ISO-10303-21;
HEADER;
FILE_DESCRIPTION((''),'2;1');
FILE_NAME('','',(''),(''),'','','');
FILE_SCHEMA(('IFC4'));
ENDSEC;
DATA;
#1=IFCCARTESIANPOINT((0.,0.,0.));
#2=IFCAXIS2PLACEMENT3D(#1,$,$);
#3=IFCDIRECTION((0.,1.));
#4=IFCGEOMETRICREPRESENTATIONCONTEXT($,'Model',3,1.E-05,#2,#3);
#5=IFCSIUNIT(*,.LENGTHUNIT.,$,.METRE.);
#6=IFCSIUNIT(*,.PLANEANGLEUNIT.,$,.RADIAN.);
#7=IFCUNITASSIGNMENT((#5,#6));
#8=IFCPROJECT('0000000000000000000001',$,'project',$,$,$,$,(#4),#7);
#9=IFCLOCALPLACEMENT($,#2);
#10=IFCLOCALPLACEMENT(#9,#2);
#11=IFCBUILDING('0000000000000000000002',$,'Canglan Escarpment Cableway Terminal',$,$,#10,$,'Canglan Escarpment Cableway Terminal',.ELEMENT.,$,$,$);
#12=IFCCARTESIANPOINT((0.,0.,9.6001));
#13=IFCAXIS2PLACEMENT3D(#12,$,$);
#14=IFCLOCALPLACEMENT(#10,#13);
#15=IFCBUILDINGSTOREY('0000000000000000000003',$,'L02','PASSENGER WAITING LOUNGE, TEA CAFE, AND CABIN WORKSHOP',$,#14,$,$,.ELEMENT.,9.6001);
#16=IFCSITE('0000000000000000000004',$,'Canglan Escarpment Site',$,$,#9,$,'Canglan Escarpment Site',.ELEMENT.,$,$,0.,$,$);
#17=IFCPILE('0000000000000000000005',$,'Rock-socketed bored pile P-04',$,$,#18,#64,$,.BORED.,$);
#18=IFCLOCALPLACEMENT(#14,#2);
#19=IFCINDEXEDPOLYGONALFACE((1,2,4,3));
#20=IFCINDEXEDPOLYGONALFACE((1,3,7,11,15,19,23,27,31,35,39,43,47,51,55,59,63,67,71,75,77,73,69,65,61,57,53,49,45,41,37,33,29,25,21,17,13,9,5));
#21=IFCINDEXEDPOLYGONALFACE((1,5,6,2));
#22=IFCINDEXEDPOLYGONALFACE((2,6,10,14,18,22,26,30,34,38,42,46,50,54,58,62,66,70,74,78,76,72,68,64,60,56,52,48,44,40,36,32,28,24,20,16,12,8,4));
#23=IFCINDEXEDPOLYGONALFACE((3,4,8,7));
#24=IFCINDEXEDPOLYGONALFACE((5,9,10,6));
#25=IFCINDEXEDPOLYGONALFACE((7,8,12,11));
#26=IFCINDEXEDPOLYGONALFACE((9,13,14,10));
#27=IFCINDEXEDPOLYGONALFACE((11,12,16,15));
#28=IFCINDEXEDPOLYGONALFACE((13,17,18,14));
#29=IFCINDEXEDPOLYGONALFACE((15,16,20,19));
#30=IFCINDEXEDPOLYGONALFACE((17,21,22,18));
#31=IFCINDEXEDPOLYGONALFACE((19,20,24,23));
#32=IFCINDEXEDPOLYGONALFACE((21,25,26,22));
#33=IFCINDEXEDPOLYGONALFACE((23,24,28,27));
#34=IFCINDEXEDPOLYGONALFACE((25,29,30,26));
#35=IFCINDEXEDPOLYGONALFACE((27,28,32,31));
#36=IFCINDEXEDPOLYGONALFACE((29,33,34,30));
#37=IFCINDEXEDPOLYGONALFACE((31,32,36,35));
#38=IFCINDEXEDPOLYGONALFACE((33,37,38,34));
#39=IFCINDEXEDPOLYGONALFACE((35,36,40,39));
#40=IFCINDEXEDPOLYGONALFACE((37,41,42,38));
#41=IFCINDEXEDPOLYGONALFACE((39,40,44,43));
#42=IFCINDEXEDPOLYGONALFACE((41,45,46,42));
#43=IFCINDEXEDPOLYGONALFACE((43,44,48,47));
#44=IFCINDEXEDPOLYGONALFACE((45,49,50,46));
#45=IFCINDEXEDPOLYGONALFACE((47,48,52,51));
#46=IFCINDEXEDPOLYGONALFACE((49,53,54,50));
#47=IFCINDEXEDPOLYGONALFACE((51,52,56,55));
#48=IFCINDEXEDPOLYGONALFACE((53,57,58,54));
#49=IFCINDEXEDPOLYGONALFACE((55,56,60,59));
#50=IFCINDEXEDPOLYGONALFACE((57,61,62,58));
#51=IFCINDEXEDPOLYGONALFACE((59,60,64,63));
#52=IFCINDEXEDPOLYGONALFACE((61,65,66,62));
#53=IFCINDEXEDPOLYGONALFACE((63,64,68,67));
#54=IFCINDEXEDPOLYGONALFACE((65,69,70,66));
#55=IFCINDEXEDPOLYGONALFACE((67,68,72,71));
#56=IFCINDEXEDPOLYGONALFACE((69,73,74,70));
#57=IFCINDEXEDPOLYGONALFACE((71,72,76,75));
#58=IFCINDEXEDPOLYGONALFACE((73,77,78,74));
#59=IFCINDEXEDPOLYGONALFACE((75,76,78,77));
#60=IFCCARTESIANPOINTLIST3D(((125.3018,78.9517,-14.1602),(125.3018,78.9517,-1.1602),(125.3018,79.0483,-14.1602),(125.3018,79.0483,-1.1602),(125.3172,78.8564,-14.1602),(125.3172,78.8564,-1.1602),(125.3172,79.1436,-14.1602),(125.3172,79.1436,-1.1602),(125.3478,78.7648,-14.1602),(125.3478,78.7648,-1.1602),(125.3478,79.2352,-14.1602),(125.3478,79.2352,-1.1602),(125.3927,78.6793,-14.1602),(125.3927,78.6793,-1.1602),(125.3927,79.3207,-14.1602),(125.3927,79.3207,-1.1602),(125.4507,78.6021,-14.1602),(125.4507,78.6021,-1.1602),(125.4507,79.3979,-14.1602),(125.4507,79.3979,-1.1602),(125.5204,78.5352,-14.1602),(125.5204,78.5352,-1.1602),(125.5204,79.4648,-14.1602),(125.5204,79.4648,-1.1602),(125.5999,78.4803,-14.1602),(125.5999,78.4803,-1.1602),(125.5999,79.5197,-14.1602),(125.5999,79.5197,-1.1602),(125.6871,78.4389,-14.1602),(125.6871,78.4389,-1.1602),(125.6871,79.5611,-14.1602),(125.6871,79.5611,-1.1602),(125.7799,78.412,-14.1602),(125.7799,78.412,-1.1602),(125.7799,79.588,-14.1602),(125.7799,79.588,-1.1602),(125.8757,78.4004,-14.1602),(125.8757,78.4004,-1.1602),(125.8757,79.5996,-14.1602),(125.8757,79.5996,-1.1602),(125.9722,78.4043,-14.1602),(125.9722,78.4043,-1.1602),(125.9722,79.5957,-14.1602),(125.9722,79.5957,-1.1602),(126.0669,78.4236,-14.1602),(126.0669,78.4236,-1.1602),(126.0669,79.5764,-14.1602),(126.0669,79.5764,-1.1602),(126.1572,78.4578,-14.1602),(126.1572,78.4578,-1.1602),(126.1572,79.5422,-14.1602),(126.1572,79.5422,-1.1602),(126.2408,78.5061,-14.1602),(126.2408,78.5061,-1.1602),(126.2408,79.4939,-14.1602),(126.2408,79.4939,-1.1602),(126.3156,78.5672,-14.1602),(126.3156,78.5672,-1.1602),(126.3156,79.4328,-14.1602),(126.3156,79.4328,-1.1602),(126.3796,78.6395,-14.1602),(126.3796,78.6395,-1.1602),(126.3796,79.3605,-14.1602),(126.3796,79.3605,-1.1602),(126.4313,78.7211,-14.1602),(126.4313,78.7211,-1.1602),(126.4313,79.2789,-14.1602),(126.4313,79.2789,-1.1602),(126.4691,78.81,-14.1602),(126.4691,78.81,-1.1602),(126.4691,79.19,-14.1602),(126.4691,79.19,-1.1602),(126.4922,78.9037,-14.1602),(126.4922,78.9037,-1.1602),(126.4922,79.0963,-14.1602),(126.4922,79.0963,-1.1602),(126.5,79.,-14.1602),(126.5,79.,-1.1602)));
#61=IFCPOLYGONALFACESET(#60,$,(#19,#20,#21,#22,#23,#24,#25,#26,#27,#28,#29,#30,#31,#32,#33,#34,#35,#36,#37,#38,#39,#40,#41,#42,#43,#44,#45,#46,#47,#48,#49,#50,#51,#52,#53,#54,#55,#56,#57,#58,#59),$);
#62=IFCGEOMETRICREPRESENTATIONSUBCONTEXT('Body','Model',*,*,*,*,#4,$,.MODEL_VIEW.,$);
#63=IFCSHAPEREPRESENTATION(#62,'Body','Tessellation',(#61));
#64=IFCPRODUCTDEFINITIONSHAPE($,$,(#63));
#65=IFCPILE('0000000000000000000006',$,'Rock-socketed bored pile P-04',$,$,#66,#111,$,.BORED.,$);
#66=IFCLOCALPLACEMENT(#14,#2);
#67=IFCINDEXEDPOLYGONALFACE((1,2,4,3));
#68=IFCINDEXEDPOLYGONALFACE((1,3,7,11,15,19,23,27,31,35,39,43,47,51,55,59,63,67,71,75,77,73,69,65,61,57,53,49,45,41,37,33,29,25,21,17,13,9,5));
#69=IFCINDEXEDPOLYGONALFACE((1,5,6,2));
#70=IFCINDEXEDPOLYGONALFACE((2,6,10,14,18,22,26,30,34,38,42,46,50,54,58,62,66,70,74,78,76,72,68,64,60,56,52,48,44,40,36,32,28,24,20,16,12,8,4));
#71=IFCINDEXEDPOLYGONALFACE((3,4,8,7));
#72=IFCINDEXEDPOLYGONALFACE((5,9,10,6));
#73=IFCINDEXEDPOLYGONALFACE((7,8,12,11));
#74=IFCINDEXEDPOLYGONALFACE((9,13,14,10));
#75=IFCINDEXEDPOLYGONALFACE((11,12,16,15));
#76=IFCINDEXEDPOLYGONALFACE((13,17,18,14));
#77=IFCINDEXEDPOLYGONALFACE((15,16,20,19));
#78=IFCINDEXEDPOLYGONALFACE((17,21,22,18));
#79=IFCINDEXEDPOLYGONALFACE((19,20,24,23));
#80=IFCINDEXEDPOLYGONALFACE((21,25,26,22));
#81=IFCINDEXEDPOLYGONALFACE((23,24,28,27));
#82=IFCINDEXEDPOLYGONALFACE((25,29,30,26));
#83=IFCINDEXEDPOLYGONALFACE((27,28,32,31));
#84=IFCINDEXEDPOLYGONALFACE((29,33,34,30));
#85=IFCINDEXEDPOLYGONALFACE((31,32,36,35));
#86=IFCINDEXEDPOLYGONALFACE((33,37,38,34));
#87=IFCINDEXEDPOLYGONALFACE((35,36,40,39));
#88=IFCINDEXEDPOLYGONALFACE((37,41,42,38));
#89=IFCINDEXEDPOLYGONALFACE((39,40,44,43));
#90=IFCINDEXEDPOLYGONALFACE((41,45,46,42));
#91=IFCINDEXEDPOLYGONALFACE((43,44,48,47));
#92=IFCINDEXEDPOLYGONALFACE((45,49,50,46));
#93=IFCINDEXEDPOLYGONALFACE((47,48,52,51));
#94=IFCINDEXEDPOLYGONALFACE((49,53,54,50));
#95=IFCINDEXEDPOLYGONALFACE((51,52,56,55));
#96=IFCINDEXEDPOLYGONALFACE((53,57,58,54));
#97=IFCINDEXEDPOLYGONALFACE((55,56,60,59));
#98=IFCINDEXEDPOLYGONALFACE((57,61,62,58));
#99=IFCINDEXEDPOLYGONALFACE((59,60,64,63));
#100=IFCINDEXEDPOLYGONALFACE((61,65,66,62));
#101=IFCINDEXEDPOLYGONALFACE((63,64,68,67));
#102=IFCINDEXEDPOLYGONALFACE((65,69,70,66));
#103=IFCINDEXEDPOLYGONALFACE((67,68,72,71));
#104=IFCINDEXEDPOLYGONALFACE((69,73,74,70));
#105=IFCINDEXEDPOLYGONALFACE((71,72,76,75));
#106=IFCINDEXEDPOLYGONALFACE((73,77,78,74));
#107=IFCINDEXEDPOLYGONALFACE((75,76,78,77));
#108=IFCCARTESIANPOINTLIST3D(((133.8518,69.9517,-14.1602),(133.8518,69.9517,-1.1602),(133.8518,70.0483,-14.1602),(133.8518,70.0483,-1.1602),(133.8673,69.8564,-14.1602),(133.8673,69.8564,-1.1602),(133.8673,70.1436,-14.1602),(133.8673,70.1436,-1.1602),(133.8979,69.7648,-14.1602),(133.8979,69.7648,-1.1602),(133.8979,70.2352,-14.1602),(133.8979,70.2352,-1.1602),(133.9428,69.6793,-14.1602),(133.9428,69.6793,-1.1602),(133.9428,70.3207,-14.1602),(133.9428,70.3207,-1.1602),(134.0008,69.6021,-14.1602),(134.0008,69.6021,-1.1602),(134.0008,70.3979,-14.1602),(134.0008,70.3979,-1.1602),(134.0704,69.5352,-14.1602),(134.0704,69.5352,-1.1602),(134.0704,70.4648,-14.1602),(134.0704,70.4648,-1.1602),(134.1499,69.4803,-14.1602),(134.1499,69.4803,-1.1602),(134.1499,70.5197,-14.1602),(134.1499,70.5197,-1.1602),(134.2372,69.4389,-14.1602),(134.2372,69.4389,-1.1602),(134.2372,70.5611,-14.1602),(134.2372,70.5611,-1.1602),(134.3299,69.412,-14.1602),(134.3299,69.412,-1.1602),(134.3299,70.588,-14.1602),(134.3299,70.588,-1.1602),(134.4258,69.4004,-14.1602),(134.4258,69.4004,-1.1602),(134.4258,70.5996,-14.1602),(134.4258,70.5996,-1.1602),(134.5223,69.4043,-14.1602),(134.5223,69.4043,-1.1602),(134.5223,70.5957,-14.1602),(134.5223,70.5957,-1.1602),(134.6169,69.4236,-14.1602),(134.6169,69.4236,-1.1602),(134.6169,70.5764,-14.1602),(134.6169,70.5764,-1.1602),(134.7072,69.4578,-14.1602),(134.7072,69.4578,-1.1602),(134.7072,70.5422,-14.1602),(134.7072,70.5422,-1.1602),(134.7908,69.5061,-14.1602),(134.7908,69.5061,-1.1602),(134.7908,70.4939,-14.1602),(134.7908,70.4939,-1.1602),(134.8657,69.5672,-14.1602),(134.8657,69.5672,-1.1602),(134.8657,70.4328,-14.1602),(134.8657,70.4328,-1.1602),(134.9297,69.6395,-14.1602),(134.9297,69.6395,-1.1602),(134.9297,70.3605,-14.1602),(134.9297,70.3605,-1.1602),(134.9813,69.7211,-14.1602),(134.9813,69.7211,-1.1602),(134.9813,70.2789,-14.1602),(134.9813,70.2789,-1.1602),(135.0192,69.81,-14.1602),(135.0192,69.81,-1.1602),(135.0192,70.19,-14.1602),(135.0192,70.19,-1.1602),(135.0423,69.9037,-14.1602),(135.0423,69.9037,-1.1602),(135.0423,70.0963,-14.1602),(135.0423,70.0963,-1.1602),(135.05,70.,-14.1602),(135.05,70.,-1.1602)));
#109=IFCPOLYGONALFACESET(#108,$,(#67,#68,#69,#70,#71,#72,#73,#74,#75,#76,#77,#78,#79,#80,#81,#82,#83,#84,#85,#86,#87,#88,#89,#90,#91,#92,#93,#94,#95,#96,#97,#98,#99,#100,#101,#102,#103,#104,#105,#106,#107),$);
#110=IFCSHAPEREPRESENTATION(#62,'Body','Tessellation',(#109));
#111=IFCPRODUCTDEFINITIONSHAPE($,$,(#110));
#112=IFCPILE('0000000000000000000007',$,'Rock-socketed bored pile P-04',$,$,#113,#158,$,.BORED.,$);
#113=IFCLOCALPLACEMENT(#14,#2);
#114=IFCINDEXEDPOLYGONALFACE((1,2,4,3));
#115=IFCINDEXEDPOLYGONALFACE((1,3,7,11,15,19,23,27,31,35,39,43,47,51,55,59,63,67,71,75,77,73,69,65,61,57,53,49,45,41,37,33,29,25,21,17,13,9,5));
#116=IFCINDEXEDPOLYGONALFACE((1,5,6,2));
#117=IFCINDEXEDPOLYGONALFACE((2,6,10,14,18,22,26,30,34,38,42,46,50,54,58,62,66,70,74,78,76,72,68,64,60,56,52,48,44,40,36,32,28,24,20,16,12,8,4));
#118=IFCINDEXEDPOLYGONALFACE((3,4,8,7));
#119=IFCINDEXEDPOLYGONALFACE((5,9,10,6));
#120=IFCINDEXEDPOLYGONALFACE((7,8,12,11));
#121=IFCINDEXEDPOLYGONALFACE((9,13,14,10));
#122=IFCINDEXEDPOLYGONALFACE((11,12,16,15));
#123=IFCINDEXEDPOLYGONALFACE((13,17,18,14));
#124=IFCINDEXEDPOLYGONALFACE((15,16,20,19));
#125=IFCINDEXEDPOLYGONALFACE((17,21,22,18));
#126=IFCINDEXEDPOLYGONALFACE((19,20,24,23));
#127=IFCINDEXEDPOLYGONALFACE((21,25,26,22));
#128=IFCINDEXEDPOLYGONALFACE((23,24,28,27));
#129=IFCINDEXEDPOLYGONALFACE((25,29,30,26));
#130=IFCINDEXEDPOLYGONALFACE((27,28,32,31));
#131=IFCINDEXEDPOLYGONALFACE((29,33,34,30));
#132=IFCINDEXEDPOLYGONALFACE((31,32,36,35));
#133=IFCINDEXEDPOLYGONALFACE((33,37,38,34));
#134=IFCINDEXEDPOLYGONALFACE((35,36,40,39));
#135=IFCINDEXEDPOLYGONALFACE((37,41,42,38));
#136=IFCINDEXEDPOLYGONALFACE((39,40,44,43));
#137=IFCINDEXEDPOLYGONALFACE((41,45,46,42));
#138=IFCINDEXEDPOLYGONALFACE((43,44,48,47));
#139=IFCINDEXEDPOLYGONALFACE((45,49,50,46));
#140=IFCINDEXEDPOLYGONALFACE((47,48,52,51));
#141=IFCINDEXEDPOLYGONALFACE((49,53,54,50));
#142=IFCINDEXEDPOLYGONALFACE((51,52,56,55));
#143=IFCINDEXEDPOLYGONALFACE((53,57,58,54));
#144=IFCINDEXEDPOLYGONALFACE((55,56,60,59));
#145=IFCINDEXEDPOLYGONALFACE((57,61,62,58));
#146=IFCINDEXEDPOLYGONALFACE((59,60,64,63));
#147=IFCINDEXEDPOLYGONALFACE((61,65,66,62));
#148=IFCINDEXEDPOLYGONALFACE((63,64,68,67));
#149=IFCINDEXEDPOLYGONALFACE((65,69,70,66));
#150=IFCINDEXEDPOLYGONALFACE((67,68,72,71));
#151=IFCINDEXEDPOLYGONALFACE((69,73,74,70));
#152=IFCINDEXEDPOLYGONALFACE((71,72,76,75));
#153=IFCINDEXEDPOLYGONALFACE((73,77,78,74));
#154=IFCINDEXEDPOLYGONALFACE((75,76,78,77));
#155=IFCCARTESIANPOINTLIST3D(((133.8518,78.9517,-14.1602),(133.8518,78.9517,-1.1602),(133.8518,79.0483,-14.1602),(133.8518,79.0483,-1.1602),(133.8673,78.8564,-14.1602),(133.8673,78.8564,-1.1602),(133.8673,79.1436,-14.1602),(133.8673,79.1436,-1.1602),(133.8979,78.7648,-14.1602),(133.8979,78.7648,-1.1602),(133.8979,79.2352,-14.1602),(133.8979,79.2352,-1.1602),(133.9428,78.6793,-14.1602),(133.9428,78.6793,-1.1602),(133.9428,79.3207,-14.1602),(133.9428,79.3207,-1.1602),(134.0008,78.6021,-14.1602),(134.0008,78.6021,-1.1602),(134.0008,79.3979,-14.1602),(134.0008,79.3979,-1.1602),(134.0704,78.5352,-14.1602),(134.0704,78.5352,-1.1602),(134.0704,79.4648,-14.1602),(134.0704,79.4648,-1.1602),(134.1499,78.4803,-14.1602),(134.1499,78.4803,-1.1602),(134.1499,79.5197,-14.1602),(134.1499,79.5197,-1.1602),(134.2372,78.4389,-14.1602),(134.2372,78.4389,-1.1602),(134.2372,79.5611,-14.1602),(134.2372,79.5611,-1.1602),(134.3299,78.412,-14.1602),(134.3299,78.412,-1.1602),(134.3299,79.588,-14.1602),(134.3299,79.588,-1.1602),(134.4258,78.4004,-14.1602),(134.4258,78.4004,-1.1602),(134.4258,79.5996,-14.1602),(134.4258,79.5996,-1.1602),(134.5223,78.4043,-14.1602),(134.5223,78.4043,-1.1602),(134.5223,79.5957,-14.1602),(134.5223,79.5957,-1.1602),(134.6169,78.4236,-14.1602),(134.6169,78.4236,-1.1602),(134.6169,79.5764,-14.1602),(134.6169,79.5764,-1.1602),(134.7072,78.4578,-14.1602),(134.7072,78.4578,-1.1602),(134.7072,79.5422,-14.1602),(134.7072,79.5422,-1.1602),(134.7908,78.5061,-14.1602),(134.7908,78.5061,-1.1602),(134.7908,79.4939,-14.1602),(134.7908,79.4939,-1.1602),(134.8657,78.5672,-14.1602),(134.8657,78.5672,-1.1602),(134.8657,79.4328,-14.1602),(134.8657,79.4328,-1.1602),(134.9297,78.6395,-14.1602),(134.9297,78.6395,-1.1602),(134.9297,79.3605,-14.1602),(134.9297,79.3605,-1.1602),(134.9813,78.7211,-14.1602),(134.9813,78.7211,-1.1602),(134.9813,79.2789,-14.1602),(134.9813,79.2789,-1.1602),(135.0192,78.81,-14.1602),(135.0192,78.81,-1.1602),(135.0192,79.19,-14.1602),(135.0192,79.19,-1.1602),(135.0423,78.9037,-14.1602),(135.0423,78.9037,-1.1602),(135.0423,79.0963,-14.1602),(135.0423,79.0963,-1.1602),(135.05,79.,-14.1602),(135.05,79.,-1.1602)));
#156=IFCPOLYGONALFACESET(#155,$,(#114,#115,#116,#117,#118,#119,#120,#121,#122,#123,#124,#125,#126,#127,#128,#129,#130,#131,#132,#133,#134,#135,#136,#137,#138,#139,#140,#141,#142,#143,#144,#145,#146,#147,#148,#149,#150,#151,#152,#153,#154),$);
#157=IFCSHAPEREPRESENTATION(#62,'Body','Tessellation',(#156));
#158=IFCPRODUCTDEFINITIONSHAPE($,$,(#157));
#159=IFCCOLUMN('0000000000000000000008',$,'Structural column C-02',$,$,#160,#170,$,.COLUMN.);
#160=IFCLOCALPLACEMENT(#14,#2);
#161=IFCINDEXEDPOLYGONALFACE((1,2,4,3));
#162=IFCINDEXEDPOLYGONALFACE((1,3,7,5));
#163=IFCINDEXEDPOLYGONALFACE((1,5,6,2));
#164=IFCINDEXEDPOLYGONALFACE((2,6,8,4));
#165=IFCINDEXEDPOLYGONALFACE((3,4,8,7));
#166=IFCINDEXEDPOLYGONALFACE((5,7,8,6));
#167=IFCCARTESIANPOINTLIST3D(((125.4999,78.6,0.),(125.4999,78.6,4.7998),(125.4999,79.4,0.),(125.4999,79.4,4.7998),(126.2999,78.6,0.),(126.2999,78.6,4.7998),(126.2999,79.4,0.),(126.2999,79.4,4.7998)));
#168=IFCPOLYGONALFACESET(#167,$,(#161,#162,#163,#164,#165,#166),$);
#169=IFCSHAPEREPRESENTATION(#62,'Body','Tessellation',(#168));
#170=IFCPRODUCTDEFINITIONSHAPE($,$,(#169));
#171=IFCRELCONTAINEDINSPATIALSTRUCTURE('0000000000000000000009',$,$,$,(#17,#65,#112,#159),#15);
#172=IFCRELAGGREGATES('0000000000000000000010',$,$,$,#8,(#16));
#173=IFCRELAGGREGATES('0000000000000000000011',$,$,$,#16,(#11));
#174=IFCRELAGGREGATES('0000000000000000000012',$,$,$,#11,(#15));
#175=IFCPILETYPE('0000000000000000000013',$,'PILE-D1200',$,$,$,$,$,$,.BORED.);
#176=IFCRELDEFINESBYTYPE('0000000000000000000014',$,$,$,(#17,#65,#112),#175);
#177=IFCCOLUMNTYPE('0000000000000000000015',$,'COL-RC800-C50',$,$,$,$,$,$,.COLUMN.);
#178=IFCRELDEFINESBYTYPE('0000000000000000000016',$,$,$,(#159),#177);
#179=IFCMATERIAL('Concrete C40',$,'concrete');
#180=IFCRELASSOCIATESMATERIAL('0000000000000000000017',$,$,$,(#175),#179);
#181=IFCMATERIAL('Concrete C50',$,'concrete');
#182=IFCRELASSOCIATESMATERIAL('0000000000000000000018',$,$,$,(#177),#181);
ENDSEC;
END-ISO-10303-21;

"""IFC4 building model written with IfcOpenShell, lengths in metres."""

from ifc_helpers import new_model, si_unit, direction, frame, origin, origin_2d, place, context, subcontext, project, spatial, rectangle, circle, extrude, material, material_profile, profile_set, type_object, element, save


model = new_model("IFC4")

# Units and contexts
model_context = context("Model", 3, precision=1e-05, world=origin(), true_north=direction((0.0, 1.0)))
body_context = subcontext(model_context, "Body", "Model", "MODEL_VIEW")
ifc_project = project(units=[si_unit("LENGTHUNIT", "METRE"), si_unit("PLANEANGLEUNIT", "RADIAN")], contexts=[model_context])

# Site, building, storey
site_placement = place(None, origin())
site = spatial("IfcSite", under=ifc_project, at=site_placement, Name="Canglan Escarpment Site", LongName="Canglan Escarpment Site", CompositionType="ELEMENT", RefElevation=0.0)
building_placement = place(site_placement, origin())
building = spatial("IfcBuilding", under=site, at=building_placement, Name="Canglan Escarpment Cableway Terminal", LongName="Canglan Escarpment Cableway Terminal", CompositionType="ELEMENT")
storey_placement = place(building_placement, frame((0.0, 0.0, 9.6001)))
storey = spatial("IfcBuildingStorey", under=building, at=storey_placement, Name="L02", Description="PASSENGER WAITING LOUNGE, TEA CAFE, AND CABIN WORKSHOP", CompositionType="ELEMENT", Elevation=9.6001)

# Shared definitions
ifc_material_1 = material(Name="Concrete C40", Category="concrete")

# Piles
ifc_material_profile_1 = material_profile(ifc_material_1, circle(Radius=0.6001, at=origin_2d()), Name="BORED PILE D1200")
ifc_profile_set_1 = profile_set([ifc_material_profile_1], Name="Concrete C40")
pile_type = type_object("IfcPileType", Name="PILE-D1200", PredefinedType="BORED", material=ifc_profile_set_1)
for number, where, z_axis, x_axis, name in (
    (1, (125.8999, 79.0, -1.1602), (0.0, 0.0, -1.0), (1.0, 0.0, 0.0), "Rock-socketed bored pile P-04"),
    (2, (134.45, 70.0, -1.1602), (0.0, 0.0, -1.0), (1.0, 0.0, 0.0), "Rock-socketed bored pile P-04"),
    (3, (134.45, 79.0, -1.1602), (0.0, 0.0, -1.0), (1.0, 0.0, 0.0), "Rock-socketed bored pile P-04"),
):
    element("IfcPile", number, at=place(storey_placement, frame(where, z_axis=z_axis, x_axis=x_axis)), inside=storey, type_object=pile_type, Name=name, PredefinedType="BORED", context=body_context, shape_type="SweptSolid", body=[
        extrude(circle(Radius=0.6001, at=origin_2d()), origin(), (0.0, 0.0, 1.0), 13.0),
    ])

# Column
ifc_material_2 = material(Name="Concrete C50", Category="concrete")
ifc_material_profile_2 = material_profile(ifc_material_2, rectangle(XDim=0.8, YDim=0.8, at=origin_2d()), Name="RC 800x800")
ifc_profile_set_2 = profile_set([ifc_material_profile_2], Name="Concrete C50")
column_type = type_object("IfcColumnType", Name="COL-RC800-C50", PredefinedType="COLUMN", material=ifc_profile_set_2)
column_placement = place(storey_placement, frame((125.8999, 79.0, 0.0), z_axis=(0.0, 0.0, 1.0), x_axis=(1.0, 0.0, 0.0)))
element("IfcColumn", 4, at=column_placement, inside=storey, type_object=column_type, Name="Structural column C-02", PredefinedType="COLUMN", context=body_context, shape_type="SweptSolid", body=[
    extrude(rectangle(XDim=0.8, YDim=0.8, at=origin_2d()), origin(), (0.0, 0.0, 1.0), 4.7998),
])

save(model, "model.ifc")
